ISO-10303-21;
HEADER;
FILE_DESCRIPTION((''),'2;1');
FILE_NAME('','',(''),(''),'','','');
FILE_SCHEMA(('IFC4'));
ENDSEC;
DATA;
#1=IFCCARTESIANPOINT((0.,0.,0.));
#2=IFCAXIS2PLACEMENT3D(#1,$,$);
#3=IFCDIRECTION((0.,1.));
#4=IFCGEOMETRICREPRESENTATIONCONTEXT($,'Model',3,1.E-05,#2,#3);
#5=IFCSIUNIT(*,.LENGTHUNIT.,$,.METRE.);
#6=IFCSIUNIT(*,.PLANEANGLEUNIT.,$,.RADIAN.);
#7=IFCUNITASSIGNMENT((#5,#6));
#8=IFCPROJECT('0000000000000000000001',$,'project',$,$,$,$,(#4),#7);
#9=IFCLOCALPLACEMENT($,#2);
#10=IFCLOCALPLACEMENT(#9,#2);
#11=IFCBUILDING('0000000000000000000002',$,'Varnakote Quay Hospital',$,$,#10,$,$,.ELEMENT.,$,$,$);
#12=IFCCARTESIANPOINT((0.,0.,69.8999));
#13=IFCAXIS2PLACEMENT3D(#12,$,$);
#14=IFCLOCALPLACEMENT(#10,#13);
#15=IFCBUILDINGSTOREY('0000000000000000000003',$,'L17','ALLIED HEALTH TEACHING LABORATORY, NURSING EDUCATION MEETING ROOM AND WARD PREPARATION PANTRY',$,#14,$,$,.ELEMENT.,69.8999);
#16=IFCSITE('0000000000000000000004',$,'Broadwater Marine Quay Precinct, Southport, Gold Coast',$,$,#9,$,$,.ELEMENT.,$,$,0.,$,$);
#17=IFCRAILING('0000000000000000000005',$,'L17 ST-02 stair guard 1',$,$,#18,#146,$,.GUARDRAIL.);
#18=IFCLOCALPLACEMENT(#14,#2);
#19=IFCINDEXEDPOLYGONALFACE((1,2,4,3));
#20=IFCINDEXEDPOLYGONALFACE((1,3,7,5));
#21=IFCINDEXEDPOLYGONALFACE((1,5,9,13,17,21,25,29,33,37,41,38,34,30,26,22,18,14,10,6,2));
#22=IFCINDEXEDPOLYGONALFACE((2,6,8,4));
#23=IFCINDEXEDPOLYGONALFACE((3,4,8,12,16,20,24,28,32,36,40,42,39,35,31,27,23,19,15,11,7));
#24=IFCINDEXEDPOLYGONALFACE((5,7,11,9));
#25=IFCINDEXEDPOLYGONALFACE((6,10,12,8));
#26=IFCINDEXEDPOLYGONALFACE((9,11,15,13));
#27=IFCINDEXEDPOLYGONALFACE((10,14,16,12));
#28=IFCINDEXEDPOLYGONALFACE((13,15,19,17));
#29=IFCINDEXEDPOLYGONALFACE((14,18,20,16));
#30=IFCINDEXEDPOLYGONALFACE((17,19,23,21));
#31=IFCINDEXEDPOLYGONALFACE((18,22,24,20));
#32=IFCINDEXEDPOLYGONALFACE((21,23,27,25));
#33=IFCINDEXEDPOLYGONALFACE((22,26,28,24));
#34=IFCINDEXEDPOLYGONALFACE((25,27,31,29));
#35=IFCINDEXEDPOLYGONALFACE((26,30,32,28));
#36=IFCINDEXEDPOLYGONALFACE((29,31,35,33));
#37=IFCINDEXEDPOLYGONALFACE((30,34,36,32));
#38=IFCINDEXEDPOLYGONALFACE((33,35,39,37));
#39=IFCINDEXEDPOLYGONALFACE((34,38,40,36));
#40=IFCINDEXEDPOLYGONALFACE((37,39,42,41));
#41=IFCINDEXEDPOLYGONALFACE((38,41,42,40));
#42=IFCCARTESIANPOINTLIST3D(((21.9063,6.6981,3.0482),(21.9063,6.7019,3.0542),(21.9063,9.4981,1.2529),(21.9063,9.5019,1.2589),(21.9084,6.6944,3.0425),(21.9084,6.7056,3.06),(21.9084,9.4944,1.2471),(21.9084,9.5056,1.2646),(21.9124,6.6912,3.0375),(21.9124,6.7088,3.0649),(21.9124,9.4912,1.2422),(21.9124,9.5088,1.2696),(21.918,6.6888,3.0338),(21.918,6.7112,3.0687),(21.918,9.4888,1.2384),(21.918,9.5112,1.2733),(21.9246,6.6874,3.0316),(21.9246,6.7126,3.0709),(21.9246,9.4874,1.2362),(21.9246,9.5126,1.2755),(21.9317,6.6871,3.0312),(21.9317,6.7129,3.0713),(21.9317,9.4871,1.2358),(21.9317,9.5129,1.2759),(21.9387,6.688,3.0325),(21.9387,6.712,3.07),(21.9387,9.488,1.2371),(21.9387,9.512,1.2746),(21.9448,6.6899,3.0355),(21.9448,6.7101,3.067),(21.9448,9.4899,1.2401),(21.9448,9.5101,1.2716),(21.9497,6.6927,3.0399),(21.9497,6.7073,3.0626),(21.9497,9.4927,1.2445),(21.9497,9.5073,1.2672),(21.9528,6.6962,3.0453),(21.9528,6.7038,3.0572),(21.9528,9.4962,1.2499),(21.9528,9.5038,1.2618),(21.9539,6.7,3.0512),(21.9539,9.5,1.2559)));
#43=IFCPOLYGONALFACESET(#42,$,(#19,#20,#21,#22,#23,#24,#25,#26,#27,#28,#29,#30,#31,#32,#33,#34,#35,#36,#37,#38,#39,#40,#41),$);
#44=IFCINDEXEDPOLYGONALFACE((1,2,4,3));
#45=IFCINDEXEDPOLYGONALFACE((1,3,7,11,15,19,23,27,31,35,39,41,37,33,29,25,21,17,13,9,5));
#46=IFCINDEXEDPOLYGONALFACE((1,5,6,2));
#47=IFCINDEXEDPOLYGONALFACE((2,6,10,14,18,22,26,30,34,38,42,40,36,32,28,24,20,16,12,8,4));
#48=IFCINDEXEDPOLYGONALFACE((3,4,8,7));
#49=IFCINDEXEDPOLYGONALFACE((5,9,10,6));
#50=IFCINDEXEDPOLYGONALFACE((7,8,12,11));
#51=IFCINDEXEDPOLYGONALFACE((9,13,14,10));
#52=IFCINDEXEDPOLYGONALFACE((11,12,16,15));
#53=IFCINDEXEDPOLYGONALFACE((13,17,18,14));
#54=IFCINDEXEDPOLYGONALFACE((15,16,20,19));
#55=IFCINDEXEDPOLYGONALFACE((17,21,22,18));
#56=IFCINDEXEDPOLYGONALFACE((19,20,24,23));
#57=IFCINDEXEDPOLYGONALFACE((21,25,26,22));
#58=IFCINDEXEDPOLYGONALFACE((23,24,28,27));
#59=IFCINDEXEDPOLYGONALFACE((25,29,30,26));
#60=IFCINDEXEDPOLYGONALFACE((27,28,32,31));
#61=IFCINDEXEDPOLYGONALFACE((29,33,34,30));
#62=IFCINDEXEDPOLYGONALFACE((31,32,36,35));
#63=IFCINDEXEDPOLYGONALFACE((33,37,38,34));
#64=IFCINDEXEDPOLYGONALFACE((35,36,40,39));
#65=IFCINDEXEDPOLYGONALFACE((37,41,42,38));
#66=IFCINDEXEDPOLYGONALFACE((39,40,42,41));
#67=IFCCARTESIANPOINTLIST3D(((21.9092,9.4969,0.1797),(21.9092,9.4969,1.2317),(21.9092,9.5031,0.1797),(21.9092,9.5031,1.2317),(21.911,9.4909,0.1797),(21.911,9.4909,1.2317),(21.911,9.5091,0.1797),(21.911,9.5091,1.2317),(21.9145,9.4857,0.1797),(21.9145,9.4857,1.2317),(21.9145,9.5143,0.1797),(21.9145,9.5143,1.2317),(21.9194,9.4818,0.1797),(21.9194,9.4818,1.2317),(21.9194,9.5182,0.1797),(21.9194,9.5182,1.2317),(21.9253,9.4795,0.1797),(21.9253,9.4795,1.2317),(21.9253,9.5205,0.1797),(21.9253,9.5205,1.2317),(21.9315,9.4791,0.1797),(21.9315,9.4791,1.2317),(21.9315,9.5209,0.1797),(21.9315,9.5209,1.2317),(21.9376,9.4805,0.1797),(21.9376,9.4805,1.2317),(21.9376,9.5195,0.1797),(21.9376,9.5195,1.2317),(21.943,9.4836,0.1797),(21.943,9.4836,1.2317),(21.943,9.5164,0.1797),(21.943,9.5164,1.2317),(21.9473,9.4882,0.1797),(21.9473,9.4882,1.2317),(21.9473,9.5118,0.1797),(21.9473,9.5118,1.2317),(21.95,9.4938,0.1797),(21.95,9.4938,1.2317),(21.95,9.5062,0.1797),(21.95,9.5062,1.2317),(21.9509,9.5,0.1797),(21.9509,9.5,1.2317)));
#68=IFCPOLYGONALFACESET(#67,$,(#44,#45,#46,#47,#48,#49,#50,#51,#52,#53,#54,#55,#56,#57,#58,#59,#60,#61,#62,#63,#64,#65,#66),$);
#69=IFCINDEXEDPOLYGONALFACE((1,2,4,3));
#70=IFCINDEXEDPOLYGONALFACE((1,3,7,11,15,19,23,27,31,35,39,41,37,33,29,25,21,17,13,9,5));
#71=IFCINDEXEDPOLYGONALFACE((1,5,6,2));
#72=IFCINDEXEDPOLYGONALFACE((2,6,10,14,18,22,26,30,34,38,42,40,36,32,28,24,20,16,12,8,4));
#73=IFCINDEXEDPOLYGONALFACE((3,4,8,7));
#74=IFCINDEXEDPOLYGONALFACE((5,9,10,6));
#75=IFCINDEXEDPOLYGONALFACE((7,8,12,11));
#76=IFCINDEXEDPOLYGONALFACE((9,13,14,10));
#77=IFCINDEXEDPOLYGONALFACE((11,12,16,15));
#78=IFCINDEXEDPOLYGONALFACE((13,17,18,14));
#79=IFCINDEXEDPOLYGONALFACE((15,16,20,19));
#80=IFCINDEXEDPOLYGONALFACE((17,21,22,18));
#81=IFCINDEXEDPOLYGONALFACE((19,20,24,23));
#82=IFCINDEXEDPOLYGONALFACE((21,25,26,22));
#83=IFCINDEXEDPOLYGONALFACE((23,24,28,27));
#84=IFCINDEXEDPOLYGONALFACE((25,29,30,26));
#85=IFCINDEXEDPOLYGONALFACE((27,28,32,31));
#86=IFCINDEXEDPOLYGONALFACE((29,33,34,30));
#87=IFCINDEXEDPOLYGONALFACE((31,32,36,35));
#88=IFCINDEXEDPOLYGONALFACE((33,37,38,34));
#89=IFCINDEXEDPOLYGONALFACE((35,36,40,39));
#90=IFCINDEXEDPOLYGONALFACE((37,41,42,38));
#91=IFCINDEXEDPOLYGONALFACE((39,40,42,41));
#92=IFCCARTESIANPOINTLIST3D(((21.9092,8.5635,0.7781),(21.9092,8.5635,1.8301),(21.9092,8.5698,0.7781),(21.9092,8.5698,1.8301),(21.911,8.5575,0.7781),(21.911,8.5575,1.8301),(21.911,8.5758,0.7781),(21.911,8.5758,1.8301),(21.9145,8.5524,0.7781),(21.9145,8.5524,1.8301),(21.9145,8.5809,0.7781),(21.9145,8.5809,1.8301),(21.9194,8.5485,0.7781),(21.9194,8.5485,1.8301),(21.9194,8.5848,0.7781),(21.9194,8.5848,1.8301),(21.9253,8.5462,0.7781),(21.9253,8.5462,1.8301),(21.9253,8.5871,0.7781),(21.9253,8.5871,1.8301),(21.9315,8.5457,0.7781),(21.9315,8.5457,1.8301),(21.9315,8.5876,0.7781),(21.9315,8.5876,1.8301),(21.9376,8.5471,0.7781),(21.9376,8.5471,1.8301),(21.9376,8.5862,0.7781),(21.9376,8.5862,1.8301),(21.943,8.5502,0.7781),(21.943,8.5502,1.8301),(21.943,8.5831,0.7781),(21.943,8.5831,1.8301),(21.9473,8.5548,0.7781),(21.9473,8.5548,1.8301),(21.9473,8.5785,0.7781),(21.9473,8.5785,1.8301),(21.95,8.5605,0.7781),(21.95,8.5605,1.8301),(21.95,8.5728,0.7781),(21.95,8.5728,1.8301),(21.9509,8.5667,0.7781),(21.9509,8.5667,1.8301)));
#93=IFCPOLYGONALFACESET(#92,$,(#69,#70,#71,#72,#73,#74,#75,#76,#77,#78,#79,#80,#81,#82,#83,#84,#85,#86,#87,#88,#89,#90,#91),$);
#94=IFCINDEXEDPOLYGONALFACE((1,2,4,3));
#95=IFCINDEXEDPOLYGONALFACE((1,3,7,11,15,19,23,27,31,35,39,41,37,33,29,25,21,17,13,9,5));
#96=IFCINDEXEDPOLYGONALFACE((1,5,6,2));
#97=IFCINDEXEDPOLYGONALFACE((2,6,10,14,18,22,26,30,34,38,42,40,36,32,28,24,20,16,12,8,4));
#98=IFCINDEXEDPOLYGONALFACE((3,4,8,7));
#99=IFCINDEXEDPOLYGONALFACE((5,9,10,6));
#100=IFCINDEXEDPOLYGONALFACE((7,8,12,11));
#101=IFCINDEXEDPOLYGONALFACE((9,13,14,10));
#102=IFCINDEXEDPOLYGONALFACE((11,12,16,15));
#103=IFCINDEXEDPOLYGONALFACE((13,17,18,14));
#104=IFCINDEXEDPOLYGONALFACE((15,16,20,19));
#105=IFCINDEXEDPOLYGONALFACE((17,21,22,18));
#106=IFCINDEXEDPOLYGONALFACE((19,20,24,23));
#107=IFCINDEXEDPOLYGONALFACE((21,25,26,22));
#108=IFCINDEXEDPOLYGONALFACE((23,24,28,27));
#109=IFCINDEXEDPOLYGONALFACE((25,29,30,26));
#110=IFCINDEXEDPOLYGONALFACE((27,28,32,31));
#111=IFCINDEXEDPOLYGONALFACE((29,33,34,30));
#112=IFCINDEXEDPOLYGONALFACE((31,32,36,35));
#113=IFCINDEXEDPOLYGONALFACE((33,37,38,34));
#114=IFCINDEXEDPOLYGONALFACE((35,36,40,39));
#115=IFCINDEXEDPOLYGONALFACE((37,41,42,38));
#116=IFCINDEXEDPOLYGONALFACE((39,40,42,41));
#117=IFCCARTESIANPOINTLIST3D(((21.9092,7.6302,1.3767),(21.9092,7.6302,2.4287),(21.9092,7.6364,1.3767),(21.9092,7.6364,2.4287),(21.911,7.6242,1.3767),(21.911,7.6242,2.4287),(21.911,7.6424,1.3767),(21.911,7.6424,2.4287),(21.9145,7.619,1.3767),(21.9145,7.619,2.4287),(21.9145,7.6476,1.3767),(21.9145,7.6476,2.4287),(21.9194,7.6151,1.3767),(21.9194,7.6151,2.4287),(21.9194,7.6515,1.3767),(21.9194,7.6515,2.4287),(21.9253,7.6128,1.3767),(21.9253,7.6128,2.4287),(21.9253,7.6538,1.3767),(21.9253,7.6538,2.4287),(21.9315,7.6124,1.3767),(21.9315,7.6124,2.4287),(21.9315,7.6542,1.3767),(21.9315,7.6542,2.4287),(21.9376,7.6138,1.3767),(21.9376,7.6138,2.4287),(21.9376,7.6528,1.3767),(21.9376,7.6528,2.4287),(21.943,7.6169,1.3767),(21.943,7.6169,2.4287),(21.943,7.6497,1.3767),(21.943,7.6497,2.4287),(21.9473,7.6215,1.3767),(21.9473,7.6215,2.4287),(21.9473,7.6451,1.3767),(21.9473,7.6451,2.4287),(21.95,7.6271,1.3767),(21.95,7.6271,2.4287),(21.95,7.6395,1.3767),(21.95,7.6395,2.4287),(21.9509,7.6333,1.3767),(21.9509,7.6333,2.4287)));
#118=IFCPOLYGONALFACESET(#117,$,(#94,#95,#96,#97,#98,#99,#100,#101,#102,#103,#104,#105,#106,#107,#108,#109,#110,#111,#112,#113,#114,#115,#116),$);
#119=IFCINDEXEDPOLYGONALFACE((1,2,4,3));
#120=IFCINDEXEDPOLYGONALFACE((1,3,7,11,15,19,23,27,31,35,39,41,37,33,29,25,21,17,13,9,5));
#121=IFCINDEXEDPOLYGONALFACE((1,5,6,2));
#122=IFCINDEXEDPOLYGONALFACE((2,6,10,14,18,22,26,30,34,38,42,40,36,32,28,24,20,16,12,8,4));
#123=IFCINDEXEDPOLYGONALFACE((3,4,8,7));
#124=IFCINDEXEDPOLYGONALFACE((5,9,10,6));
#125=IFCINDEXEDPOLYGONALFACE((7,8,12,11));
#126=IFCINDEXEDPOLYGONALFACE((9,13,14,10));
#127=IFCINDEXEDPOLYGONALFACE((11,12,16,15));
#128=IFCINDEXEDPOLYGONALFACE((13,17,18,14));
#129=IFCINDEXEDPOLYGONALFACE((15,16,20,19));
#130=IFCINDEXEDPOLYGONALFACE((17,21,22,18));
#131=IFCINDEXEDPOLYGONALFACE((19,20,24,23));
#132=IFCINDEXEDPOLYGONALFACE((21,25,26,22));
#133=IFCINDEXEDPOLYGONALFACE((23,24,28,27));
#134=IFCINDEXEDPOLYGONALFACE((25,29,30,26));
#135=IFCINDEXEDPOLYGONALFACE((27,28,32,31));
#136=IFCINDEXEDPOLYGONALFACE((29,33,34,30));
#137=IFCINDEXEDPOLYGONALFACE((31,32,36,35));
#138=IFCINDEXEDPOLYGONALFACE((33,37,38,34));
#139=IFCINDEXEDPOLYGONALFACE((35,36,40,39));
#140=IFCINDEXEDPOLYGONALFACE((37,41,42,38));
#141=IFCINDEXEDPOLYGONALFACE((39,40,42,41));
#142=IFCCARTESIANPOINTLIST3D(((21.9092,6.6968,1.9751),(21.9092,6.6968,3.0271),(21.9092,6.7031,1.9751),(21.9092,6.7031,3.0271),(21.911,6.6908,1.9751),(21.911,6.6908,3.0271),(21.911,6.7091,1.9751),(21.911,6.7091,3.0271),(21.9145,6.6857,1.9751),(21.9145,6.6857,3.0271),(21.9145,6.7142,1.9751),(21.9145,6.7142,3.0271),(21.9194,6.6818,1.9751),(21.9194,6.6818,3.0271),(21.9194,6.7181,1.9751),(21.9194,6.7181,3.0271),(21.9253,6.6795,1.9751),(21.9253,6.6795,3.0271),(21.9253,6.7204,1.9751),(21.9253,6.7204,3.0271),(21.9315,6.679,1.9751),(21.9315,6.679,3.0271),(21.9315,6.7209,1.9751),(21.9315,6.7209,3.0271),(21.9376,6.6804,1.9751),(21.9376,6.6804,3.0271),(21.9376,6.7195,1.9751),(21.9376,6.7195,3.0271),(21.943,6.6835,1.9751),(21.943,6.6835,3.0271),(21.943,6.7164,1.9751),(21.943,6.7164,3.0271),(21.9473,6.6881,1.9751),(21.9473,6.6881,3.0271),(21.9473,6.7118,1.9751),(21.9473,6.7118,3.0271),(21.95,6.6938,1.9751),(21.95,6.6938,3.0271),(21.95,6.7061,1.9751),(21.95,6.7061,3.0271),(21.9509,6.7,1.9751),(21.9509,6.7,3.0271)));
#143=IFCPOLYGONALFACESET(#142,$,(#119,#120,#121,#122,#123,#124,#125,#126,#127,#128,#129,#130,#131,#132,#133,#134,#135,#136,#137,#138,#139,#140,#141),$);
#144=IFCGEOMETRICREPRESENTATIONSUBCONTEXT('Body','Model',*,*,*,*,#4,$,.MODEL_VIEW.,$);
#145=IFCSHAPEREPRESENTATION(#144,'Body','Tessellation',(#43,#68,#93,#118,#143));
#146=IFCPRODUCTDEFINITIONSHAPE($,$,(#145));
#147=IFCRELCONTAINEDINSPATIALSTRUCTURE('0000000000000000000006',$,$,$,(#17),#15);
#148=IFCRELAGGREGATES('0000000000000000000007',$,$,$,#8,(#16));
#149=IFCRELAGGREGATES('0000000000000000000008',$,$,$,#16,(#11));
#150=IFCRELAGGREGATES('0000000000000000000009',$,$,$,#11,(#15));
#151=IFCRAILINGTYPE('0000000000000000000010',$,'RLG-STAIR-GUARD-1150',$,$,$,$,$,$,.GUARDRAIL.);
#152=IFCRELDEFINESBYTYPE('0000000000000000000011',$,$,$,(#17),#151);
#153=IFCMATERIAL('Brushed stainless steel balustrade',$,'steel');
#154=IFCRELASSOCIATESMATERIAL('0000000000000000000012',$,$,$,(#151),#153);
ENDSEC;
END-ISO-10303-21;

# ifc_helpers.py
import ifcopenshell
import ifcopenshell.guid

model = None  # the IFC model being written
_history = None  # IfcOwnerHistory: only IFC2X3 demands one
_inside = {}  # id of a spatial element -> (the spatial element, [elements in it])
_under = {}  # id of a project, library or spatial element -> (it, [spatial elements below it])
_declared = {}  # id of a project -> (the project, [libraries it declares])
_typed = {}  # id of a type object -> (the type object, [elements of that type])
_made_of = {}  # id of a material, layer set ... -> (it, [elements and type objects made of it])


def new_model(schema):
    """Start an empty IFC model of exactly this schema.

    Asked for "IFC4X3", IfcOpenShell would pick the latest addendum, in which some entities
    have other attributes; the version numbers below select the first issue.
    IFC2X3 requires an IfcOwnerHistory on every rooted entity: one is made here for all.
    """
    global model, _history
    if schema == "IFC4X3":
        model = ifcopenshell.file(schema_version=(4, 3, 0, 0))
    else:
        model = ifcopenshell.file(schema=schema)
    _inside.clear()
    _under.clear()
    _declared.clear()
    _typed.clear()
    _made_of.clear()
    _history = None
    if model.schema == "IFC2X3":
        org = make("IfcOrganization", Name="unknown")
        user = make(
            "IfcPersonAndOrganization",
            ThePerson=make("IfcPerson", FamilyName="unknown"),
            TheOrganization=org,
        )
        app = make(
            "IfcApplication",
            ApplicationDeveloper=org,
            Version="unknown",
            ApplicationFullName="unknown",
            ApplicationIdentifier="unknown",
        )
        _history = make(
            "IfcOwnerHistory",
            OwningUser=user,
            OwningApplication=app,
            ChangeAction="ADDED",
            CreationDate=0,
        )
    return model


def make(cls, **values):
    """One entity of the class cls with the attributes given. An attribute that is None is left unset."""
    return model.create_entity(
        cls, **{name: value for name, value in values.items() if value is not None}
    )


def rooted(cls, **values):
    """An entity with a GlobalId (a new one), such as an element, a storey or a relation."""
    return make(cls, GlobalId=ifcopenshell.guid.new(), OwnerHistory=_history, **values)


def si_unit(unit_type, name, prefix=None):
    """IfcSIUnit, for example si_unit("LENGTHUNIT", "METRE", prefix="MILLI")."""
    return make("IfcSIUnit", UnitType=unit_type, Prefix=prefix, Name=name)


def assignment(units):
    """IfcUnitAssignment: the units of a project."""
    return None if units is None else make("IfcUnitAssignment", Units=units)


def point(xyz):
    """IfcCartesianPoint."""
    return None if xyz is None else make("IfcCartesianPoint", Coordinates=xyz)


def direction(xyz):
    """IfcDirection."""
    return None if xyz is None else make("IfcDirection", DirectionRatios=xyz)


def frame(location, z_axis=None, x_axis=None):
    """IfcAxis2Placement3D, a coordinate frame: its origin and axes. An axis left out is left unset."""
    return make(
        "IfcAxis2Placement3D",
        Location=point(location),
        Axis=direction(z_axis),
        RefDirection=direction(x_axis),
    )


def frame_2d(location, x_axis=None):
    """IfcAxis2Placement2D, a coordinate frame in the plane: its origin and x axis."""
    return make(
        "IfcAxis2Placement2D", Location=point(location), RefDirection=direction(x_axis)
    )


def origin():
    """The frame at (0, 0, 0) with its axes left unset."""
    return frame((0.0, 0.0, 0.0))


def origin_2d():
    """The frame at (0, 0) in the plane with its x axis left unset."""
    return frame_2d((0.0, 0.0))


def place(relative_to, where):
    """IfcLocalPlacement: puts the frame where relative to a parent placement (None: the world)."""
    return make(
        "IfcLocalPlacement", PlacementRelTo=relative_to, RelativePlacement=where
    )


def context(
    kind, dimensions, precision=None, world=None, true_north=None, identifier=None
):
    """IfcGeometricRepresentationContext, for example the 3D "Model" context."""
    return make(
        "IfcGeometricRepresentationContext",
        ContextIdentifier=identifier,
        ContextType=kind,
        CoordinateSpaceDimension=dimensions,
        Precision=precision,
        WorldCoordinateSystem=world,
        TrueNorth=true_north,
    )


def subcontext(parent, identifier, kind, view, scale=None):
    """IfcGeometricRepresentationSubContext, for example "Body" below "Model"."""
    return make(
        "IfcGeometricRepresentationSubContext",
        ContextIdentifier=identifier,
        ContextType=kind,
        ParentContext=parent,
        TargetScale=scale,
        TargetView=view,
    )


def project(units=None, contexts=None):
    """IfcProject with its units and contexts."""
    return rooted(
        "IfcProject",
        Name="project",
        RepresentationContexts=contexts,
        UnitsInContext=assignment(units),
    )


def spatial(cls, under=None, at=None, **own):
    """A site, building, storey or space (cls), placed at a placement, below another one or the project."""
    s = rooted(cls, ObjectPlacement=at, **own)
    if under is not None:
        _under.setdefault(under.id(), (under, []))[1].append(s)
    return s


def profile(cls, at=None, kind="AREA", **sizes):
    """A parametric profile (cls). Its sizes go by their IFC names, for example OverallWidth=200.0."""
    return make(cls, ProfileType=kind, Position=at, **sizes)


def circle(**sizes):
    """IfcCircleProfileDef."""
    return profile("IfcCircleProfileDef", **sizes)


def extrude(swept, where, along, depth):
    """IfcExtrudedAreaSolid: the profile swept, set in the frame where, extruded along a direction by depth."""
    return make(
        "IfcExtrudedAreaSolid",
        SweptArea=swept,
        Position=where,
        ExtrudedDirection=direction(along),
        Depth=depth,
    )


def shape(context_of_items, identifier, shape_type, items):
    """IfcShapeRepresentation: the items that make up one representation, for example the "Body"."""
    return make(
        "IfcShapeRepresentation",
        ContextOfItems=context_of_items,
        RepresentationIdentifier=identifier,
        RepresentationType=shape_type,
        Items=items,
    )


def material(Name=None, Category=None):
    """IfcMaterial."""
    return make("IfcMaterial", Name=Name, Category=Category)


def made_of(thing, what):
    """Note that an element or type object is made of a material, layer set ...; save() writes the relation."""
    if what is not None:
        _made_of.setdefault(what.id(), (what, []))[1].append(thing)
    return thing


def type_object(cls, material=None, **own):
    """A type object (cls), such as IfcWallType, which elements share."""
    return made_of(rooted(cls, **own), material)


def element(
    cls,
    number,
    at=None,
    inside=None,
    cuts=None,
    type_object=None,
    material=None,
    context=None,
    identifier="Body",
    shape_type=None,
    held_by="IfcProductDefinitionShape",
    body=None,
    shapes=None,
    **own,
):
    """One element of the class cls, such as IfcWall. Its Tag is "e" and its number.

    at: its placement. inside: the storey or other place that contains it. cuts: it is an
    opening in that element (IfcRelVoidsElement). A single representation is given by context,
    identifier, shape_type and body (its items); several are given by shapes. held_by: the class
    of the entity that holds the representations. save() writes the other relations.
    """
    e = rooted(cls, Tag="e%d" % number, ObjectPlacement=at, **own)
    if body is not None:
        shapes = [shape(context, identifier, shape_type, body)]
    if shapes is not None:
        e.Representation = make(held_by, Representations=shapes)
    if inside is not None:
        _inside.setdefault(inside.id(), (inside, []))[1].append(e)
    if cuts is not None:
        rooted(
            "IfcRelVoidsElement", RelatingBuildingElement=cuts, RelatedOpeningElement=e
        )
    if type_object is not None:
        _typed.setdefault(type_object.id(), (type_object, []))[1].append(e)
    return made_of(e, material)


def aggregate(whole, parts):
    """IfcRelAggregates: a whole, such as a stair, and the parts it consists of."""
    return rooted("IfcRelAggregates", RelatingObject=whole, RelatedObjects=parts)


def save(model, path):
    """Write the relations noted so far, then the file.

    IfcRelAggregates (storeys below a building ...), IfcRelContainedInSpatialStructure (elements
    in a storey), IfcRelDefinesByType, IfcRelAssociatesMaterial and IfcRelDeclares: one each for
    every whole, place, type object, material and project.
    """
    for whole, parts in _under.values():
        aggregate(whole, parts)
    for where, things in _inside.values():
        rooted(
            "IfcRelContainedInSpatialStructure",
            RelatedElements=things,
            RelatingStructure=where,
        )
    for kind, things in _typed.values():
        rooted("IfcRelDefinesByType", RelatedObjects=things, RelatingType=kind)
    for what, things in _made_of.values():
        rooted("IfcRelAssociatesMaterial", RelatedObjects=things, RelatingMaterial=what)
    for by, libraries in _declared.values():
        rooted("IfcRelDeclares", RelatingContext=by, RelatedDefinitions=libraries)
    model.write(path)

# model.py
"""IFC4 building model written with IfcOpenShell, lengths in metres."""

from ifc_helpers import new_model, si_unit, direction, frame, origin, origin_2d, place, context, subcontext, project, spatial, circle, extrude, material, type_object, element, save


model = new_model("IFC4")

# Units and contexts
model_context = context("Model", 3, precision=1e-05, world=origin(), true_north=direction((0.0, 1.0)))
body_context = subcontext(model_context, "Body", "Model", "MODEL_VIEW")
ifc_project = project(units=[si_unit("LENGTHUNIT", "METRE"), si_unit("PLANEANGLEUNIT", "RADIAN")], contexts=[model_context])

# Site, building, storey
site_placement = place(None, origin())
site = spatial("IfcSite", under=ifc_project, at=site_placement, Name="Broadwater Marine Quay Precinct, Southport, Gold Coast", CompositionType="ELEMENT", RefElevation=0.0)
building_placement = place(site_placement, origin())
building = spatial("IfcBuilding", under=site, at=building_placement, Name="Varnakote Quay Hospital", CompositionType="ELEMENT")
storey_placement = place(building_placement, frame((0.0, 0.0, 69.8999)))
storey = spatial("IfcBuildingStorey", under=building, at=storey_placement, Name="L17", Description="ALLIED HEALTH TEACHING LABORATORY, NURSING EDUCATION MEETING ROOM AND WARD PREPARATION PANTRY", CompositionType="ELEMENT", Elevation=69.8999)

# Railing
ifc_material_1 = material(Name="Brushed stainless steel balustrade", Category="steel")
railing_type_1 = type_object("IfcRailingType", Name="RLG-STAIR-GUARD-1150", PredefinedType="GUARDRAIL", material=ifc_material_1)
railing_1_placement = place(storey_placement, frame((21.9299, 9.5, 0.1797)))
element("IfcRailing", 1, at=railing_1_placement, inside=storey, type_object=railing_type_1, Name="L17 ST-02 stair guard 1", PredefinedType="GUARDRAIL", context=body_context, shape_type="SweptSolid", body=[
    extrude(circle(Radius=0.0239, at=origin_2d()), frame((0.0, 0.0, 1.0762), z_axis=(0.0, -0.84181, 0.539774), x_axis=(1.0, 0.0, 0.0)), (0.0, 0.0, 1.0), 3.3262),
    extrude(circle(Radius=0.021, at=origin_2d()), origin(), (0.0, 0.0, 1.0), 1.052),
    extrude(circle(Radius=0.021, at=origin_2d()), frame((0.0, -0.9333, 0.5984)), (0.0, 0.0, 1.0), 1.052),
    extrude(circle(Radius=0.021, at=origin_2d()), frame((0.0, -1.8667, 1.197)), (0.0, 0.0, 1.0), 1.052),
    extrude(circle(Radius=0.021, at=origin_2d()), frame((0.0, -2.8, 1.7954)), (0.0, 0.0, 1.0), 1.052),
])

save(model, "model.ifc")
